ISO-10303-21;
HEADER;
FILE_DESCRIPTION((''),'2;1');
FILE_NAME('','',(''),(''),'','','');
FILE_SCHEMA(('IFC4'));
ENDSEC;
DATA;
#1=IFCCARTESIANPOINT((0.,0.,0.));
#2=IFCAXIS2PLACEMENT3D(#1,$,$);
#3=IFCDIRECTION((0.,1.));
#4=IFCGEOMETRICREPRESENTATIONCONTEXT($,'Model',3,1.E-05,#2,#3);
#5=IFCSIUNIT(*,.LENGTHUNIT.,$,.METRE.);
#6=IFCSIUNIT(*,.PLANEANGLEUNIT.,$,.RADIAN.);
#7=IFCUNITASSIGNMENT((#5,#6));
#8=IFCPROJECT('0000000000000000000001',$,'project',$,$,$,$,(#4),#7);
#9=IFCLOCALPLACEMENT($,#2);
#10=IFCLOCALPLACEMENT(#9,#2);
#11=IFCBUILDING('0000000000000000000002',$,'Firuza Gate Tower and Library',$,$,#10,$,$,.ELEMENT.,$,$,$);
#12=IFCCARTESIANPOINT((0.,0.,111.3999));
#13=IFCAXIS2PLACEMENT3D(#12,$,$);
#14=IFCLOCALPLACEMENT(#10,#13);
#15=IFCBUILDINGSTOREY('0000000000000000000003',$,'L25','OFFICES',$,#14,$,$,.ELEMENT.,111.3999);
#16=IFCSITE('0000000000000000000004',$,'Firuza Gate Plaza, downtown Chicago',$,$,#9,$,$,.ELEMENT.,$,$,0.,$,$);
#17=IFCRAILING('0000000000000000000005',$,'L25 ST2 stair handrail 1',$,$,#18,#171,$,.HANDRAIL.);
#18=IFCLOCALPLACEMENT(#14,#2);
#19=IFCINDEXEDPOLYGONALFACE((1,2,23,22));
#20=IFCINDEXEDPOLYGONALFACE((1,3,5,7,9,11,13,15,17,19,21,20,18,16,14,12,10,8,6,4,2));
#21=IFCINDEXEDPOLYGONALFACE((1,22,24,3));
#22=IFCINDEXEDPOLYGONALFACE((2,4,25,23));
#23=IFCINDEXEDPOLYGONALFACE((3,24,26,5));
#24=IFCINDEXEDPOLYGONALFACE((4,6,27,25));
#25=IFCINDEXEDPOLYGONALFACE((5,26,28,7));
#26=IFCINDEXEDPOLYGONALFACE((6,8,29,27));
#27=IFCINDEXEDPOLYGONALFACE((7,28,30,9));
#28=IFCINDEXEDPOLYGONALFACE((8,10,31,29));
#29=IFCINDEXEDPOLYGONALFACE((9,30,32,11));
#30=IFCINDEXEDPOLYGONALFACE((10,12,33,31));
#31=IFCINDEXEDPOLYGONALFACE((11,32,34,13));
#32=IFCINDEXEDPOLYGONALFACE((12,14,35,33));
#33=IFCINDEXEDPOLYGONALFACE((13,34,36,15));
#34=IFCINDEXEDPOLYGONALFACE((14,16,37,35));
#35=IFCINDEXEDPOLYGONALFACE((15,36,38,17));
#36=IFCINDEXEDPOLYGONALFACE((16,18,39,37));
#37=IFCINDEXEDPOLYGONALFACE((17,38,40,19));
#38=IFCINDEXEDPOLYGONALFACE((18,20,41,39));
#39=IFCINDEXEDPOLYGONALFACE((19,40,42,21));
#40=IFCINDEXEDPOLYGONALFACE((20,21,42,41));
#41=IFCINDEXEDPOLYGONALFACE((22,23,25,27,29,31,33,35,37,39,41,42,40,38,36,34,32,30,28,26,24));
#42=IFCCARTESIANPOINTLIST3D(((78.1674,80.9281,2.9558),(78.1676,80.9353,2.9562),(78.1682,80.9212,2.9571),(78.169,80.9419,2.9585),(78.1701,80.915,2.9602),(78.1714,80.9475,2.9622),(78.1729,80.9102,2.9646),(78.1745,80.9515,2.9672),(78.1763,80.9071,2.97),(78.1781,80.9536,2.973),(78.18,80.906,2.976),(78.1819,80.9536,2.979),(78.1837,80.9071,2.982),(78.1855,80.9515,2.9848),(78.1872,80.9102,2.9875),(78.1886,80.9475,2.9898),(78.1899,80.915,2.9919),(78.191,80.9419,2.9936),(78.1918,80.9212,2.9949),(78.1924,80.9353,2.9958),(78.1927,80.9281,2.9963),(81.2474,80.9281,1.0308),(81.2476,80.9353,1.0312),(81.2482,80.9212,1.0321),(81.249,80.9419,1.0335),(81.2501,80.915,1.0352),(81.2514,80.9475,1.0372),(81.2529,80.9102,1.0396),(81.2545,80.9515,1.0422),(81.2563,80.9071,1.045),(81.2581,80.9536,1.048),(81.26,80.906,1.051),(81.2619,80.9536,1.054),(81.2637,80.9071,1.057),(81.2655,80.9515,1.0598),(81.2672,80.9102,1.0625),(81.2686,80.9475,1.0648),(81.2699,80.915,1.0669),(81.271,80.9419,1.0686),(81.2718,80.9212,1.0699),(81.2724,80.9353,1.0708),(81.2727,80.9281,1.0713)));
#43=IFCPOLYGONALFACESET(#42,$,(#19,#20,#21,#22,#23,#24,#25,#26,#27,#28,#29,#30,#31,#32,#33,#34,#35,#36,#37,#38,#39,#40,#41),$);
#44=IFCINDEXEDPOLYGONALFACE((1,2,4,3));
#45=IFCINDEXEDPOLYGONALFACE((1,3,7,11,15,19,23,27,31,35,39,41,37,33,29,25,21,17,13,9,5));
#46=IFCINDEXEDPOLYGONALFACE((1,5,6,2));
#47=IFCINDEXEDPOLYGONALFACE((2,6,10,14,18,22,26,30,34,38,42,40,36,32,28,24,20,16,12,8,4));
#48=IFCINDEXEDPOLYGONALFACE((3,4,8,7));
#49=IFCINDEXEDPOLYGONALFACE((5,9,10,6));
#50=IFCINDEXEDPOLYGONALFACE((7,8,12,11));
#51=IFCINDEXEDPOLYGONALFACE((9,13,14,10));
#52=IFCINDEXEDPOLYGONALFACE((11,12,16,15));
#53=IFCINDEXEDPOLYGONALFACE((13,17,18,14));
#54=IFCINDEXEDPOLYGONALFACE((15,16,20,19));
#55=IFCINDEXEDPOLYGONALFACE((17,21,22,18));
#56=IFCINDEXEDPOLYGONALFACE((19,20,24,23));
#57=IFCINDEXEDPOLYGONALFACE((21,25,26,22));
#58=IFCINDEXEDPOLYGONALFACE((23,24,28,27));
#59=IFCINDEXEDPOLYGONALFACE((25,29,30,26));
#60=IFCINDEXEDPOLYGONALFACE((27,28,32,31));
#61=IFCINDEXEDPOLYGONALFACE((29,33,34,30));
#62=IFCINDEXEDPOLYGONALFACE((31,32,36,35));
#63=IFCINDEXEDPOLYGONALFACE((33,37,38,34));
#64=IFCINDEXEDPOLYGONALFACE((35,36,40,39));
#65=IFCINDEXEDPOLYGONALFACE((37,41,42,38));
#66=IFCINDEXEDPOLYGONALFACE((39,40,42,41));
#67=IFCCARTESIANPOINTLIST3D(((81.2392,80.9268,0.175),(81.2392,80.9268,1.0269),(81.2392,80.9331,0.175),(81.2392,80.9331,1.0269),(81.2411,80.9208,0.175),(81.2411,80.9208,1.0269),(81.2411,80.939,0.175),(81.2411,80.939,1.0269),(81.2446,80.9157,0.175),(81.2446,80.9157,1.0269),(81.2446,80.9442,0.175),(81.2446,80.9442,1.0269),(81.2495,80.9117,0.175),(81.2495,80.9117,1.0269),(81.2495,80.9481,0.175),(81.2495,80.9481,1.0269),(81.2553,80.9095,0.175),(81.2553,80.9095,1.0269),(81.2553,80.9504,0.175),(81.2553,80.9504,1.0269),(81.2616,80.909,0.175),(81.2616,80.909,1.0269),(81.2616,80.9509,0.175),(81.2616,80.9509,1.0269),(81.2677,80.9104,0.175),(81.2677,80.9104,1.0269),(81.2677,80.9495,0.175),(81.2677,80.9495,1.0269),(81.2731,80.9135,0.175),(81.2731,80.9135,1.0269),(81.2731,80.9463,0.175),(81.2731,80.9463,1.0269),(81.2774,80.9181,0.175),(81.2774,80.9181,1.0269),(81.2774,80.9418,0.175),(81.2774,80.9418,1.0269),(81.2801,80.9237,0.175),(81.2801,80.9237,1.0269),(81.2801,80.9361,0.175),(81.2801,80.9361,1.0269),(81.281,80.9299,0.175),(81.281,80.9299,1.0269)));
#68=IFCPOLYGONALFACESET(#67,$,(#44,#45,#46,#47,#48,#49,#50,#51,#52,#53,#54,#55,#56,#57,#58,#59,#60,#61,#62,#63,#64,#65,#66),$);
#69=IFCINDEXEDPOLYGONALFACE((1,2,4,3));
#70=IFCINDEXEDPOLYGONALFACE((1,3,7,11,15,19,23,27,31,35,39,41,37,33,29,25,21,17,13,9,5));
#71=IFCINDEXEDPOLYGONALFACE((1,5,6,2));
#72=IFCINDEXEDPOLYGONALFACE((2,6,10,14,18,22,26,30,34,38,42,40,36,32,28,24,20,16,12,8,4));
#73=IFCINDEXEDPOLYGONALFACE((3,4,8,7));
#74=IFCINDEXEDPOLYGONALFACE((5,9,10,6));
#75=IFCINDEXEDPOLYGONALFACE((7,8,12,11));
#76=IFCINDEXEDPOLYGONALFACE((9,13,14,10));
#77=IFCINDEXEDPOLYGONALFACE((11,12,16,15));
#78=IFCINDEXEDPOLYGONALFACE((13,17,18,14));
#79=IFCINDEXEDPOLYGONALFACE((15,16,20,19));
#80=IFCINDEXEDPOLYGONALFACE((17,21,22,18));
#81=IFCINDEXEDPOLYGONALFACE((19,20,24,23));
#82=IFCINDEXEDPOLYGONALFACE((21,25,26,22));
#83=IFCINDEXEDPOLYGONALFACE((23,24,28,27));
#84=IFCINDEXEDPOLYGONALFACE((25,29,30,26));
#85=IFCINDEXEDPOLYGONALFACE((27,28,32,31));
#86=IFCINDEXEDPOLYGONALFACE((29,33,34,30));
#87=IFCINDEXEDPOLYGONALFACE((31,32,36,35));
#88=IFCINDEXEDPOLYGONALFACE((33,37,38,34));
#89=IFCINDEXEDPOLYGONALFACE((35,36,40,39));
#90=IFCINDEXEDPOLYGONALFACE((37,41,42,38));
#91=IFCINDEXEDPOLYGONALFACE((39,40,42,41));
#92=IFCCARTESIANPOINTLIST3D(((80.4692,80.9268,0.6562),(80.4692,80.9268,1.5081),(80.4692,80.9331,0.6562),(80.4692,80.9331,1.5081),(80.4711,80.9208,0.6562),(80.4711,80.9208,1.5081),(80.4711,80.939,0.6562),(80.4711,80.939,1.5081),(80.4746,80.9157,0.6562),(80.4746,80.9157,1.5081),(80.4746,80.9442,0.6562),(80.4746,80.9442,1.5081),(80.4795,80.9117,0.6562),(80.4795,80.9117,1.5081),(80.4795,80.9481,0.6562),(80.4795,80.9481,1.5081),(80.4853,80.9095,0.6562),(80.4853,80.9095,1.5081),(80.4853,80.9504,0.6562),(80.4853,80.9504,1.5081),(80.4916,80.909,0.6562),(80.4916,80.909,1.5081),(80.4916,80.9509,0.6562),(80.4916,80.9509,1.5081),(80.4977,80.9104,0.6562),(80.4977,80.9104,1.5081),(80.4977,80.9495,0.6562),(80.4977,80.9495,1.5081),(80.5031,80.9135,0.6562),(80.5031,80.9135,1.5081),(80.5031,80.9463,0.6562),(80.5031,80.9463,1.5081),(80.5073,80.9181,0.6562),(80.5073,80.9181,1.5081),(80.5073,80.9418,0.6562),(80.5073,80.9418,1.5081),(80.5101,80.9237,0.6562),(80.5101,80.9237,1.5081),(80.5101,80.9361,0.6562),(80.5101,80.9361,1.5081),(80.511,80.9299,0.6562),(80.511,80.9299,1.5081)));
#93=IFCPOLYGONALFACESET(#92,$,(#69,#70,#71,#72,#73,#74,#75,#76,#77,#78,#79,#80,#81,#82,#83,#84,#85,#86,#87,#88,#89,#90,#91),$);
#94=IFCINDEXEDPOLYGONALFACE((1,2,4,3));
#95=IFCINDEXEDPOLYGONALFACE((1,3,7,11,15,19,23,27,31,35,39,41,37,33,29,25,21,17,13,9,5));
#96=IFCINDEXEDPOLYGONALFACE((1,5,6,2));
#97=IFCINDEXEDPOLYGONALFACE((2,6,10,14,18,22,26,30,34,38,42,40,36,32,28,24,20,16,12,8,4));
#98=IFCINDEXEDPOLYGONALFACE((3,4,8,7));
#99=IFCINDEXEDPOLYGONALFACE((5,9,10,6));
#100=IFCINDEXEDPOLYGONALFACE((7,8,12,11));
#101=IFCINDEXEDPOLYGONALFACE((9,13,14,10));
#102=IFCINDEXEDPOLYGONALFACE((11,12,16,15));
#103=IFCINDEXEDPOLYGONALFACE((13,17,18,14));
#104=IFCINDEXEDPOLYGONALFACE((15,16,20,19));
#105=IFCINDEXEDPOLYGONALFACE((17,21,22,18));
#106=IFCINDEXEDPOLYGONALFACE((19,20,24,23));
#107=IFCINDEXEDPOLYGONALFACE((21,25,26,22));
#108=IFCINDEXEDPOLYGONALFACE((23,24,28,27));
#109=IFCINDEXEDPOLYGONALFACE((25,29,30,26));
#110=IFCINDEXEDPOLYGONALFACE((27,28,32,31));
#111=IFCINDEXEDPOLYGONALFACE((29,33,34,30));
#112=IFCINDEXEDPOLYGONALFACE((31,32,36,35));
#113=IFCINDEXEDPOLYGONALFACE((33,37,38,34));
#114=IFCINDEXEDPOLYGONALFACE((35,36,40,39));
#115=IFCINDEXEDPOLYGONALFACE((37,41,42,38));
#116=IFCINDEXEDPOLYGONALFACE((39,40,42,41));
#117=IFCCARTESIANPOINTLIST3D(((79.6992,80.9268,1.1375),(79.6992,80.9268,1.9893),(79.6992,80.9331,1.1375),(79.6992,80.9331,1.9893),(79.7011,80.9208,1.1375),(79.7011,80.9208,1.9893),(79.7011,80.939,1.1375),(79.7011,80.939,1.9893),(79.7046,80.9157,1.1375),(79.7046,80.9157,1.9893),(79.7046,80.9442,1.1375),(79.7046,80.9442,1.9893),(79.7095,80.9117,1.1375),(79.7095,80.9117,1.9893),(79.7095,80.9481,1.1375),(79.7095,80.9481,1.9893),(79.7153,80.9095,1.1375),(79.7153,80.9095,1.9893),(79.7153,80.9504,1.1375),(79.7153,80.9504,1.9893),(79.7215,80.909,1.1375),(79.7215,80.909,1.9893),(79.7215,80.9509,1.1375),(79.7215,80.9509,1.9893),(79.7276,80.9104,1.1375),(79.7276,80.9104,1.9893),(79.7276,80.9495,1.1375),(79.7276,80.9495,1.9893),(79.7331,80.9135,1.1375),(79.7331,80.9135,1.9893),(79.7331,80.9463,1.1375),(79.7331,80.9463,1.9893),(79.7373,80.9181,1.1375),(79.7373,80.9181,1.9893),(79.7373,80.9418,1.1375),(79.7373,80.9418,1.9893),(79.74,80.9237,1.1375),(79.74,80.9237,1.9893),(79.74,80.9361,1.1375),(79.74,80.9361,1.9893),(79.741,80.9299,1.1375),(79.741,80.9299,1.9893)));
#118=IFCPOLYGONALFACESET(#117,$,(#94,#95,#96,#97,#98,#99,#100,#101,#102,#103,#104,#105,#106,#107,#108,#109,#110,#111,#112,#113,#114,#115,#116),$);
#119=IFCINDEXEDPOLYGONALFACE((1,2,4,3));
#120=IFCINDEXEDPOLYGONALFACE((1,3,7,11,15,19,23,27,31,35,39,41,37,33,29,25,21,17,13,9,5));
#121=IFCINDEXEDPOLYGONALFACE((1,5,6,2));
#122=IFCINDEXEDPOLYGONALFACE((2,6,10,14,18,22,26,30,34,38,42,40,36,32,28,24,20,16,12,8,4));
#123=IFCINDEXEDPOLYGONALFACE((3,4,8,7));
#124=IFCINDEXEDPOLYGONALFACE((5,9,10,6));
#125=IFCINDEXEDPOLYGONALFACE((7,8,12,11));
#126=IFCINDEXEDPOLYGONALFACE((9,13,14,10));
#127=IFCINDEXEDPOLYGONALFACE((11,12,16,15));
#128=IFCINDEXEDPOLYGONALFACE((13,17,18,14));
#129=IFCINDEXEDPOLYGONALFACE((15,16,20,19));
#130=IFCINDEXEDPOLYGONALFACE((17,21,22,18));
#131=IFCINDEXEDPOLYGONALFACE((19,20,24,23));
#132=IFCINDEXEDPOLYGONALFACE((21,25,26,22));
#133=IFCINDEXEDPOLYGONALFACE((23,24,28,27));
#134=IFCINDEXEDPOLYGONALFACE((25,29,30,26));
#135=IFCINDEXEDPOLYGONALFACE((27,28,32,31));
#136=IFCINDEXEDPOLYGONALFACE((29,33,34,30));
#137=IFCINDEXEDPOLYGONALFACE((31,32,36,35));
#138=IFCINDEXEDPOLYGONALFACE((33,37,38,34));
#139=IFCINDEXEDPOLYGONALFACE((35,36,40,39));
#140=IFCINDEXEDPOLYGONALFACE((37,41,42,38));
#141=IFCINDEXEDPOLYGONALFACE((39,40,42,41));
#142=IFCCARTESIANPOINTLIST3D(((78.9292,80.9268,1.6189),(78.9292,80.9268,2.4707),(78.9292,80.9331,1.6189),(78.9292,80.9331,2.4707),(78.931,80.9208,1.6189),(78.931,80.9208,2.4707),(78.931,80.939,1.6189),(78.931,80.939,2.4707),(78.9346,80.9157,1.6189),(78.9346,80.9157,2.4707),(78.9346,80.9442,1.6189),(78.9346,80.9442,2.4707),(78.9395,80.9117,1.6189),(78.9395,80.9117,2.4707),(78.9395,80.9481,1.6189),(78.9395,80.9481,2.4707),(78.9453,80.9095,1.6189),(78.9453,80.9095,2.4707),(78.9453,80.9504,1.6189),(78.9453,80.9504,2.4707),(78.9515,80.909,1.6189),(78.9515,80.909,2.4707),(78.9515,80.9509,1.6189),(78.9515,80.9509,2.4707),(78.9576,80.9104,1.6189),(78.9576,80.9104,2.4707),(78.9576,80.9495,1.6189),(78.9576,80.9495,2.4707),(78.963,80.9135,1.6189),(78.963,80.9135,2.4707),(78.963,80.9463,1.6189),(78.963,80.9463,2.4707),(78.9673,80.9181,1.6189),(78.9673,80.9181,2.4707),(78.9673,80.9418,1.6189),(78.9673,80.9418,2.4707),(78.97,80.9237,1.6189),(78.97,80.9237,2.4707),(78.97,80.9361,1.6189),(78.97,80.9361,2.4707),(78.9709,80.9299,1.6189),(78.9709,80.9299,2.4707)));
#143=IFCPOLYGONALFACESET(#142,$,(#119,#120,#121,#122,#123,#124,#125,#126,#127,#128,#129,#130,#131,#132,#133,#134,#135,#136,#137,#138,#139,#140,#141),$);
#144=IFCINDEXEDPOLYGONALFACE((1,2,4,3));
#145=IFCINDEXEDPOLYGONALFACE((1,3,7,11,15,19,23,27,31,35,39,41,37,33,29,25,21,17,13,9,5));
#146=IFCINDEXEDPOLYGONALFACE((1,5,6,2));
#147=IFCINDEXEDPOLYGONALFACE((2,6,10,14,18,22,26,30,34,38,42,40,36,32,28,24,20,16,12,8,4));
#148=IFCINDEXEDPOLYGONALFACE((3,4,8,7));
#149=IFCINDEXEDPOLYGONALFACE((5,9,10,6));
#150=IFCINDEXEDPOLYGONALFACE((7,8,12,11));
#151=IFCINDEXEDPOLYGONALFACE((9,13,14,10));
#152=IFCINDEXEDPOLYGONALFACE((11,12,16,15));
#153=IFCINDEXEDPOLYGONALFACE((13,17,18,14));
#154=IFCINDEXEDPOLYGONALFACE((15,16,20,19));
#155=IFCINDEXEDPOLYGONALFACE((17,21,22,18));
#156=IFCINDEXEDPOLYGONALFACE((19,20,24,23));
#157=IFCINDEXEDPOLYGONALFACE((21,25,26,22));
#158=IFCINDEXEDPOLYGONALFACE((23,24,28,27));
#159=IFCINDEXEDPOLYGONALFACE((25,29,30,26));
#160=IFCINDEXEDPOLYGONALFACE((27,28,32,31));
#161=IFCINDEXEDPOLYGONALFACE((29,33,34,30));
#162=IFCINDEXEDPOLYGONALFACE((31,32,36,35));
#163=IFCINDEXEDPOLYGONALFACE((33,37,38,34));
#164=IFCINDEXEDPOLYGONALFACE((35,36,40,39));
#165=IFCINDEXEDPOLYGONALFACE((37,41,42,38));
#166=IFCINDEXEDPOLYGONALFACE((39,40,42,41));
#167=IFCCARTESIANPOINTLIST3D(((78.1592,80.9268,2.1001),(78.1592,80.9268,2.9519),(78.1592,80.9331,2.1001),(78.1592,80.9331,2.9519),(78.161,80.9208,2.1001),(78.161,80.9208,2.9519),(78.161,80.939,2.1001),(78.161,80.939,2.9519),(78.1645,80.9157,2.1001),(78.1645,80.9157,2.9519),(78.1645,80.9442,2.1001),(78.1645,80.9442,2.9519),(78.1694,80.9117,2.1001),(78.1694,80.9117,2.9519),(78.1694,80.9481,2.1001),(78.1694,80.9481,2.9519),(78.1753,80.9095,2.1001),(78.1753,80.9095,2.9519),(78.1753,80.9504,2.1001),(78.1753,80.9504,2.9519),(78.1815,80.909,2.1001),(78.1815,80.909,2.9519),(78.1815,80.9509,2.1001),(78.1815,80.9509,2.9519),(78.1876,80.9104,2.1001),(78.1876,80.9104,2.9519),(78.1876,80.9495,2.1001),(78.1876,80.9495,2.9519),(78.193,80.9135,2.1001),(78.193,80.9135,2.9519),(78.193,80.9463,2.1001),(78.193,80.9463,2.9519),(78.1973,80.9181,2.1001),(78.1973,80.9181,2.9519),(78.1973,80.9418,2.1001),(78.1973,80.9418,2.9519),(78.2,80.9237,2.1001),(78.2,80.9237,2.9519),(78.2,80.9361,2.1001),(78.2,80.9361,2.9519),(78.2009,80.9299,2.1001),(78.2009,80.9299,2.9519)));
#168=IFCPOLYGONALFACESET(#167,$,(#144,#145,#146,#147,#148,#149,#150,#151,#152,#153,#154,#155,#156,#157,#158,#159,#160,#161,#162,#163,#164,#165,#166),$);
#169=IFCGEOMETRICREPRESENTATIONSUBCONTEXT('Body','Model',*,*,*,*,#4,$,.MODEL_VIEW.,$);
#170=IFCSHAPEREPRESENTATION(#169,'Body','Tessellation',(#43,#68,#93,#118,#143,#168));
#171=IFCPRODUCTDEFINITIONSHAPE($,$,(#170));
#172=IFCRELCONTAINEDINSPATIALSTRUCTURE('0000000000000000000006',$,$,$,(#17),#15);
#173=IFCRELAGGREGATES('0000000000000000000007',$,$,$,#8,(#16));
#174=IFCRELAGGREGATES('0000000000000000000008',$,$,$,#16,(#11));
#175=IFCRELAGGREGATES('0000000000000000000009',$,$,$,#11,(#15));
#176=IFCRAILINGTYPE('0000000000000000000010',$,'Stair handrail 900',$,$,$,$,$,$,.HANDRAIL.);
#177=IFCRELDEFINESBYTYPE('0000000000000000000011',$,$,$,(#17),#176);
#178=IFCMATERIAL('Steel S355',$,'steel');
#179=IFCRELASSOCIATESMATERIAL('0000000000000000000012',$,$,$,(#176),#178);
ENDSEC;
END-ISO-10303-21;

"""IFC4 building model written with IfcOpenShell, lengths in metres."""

from ifc_helpers import new_model, si_unit, direction, frame, origin, origin_2d, place, context, subcontext, project, spatial, circle, extrude, material, type_object, element, save


model = new_model("IFC4")

# Units and contexts
model_context = context("Model", 3, precision=1e-05, world=origin(), true_north=direction((0.0, 1.0)))
body_context = subcontext(model_context, "Body", "Model", "MODEL_VIEW")
ifc_project = project(units=[si_unit("LENGTHUNIT", "METRE"), si_unit("PLANEANGLEUNIT", "RADIAN")], contexts=[model_context])

# Site, building, storey
site_placement = place(None, origin())
site = spatial("IfcSite", under=ifc_project, at=site_placement, Name="Firuza Gate Plaza, downtown Chicago", CompositionType="ELEMENT", RefElevation=0.0)
building_placement = place(site_placement, origin())
building = spatial("IfcBuilding", under=site, at=building_placement, Name="Firuza Gate Tower and Library", CompositionType="ELEMENT")
storey_placement = place(building_placement, frame((0.0, 0.0, 111.3999)))
storey = spatial("IfcBuildingStorey", under=building, at=storey_placement, Name="L25", Description="OFFICES", CompositionType="ELEMENT", Elevation=111.3999)

# Railing
ifc_material_1 = material(Name="Steel S355", Category="steel")
railing_type_1 = type_object("IfcRailingType", Name="Stair handrail 900", PredefinedType="HANDRAIL", material=ifc_material_1)
railing_1_placement = place(storey_placement, frame((81.26, 80.9299, 0.175)))
element("IfcRailing", 1, at=railing_1_placement, inside=storey, type_object=railing_type_1, Name="L25 ST2 stair handrail 1", PredefinedType="HANDRAIL", context=body_context, shape_type="SweptSolid", body=[
    extrude(circle(Radius=0.0239, at=origin_2d()), frame((0.0, 0.0, 0.876), z_axis=(-0.847998, 0.0, 0.529999), x_axis=(0.0, -1.0, 0.0)), (0.0, 0.0, 1.0), 3.6321),
    extrude(circle(Radius=0.021, at=origin_2d()), origin(), (0.0, 0.0, 1.0), 0.8518),
    extrude(circle(Radius=0.021, at=origin_2d()), frame((-0.77, 0.0, 0.4812)), (0.0, 0.0, 1.0), 0.8518),
    extrude(circle(Radius=0.021, at=origin_2d()), frame((-1.54, 0.0, 0.9624)), (0.0, 0.0, 1.0), 0.8518),
    extrude(circle(Radius=0.021, at=origin_2d()), frame((-2.3101, 0.0, 1.4438)), (0.0, 0.0, 1.0), 0.8518),
    extrude(circle(Radius=0.021, at=origin_2d()), frame((-3.0801, 0.0, 1.925)), (0.0, 0.0, 1.0), 0.8518),
])

save(model, "model.ifc")
